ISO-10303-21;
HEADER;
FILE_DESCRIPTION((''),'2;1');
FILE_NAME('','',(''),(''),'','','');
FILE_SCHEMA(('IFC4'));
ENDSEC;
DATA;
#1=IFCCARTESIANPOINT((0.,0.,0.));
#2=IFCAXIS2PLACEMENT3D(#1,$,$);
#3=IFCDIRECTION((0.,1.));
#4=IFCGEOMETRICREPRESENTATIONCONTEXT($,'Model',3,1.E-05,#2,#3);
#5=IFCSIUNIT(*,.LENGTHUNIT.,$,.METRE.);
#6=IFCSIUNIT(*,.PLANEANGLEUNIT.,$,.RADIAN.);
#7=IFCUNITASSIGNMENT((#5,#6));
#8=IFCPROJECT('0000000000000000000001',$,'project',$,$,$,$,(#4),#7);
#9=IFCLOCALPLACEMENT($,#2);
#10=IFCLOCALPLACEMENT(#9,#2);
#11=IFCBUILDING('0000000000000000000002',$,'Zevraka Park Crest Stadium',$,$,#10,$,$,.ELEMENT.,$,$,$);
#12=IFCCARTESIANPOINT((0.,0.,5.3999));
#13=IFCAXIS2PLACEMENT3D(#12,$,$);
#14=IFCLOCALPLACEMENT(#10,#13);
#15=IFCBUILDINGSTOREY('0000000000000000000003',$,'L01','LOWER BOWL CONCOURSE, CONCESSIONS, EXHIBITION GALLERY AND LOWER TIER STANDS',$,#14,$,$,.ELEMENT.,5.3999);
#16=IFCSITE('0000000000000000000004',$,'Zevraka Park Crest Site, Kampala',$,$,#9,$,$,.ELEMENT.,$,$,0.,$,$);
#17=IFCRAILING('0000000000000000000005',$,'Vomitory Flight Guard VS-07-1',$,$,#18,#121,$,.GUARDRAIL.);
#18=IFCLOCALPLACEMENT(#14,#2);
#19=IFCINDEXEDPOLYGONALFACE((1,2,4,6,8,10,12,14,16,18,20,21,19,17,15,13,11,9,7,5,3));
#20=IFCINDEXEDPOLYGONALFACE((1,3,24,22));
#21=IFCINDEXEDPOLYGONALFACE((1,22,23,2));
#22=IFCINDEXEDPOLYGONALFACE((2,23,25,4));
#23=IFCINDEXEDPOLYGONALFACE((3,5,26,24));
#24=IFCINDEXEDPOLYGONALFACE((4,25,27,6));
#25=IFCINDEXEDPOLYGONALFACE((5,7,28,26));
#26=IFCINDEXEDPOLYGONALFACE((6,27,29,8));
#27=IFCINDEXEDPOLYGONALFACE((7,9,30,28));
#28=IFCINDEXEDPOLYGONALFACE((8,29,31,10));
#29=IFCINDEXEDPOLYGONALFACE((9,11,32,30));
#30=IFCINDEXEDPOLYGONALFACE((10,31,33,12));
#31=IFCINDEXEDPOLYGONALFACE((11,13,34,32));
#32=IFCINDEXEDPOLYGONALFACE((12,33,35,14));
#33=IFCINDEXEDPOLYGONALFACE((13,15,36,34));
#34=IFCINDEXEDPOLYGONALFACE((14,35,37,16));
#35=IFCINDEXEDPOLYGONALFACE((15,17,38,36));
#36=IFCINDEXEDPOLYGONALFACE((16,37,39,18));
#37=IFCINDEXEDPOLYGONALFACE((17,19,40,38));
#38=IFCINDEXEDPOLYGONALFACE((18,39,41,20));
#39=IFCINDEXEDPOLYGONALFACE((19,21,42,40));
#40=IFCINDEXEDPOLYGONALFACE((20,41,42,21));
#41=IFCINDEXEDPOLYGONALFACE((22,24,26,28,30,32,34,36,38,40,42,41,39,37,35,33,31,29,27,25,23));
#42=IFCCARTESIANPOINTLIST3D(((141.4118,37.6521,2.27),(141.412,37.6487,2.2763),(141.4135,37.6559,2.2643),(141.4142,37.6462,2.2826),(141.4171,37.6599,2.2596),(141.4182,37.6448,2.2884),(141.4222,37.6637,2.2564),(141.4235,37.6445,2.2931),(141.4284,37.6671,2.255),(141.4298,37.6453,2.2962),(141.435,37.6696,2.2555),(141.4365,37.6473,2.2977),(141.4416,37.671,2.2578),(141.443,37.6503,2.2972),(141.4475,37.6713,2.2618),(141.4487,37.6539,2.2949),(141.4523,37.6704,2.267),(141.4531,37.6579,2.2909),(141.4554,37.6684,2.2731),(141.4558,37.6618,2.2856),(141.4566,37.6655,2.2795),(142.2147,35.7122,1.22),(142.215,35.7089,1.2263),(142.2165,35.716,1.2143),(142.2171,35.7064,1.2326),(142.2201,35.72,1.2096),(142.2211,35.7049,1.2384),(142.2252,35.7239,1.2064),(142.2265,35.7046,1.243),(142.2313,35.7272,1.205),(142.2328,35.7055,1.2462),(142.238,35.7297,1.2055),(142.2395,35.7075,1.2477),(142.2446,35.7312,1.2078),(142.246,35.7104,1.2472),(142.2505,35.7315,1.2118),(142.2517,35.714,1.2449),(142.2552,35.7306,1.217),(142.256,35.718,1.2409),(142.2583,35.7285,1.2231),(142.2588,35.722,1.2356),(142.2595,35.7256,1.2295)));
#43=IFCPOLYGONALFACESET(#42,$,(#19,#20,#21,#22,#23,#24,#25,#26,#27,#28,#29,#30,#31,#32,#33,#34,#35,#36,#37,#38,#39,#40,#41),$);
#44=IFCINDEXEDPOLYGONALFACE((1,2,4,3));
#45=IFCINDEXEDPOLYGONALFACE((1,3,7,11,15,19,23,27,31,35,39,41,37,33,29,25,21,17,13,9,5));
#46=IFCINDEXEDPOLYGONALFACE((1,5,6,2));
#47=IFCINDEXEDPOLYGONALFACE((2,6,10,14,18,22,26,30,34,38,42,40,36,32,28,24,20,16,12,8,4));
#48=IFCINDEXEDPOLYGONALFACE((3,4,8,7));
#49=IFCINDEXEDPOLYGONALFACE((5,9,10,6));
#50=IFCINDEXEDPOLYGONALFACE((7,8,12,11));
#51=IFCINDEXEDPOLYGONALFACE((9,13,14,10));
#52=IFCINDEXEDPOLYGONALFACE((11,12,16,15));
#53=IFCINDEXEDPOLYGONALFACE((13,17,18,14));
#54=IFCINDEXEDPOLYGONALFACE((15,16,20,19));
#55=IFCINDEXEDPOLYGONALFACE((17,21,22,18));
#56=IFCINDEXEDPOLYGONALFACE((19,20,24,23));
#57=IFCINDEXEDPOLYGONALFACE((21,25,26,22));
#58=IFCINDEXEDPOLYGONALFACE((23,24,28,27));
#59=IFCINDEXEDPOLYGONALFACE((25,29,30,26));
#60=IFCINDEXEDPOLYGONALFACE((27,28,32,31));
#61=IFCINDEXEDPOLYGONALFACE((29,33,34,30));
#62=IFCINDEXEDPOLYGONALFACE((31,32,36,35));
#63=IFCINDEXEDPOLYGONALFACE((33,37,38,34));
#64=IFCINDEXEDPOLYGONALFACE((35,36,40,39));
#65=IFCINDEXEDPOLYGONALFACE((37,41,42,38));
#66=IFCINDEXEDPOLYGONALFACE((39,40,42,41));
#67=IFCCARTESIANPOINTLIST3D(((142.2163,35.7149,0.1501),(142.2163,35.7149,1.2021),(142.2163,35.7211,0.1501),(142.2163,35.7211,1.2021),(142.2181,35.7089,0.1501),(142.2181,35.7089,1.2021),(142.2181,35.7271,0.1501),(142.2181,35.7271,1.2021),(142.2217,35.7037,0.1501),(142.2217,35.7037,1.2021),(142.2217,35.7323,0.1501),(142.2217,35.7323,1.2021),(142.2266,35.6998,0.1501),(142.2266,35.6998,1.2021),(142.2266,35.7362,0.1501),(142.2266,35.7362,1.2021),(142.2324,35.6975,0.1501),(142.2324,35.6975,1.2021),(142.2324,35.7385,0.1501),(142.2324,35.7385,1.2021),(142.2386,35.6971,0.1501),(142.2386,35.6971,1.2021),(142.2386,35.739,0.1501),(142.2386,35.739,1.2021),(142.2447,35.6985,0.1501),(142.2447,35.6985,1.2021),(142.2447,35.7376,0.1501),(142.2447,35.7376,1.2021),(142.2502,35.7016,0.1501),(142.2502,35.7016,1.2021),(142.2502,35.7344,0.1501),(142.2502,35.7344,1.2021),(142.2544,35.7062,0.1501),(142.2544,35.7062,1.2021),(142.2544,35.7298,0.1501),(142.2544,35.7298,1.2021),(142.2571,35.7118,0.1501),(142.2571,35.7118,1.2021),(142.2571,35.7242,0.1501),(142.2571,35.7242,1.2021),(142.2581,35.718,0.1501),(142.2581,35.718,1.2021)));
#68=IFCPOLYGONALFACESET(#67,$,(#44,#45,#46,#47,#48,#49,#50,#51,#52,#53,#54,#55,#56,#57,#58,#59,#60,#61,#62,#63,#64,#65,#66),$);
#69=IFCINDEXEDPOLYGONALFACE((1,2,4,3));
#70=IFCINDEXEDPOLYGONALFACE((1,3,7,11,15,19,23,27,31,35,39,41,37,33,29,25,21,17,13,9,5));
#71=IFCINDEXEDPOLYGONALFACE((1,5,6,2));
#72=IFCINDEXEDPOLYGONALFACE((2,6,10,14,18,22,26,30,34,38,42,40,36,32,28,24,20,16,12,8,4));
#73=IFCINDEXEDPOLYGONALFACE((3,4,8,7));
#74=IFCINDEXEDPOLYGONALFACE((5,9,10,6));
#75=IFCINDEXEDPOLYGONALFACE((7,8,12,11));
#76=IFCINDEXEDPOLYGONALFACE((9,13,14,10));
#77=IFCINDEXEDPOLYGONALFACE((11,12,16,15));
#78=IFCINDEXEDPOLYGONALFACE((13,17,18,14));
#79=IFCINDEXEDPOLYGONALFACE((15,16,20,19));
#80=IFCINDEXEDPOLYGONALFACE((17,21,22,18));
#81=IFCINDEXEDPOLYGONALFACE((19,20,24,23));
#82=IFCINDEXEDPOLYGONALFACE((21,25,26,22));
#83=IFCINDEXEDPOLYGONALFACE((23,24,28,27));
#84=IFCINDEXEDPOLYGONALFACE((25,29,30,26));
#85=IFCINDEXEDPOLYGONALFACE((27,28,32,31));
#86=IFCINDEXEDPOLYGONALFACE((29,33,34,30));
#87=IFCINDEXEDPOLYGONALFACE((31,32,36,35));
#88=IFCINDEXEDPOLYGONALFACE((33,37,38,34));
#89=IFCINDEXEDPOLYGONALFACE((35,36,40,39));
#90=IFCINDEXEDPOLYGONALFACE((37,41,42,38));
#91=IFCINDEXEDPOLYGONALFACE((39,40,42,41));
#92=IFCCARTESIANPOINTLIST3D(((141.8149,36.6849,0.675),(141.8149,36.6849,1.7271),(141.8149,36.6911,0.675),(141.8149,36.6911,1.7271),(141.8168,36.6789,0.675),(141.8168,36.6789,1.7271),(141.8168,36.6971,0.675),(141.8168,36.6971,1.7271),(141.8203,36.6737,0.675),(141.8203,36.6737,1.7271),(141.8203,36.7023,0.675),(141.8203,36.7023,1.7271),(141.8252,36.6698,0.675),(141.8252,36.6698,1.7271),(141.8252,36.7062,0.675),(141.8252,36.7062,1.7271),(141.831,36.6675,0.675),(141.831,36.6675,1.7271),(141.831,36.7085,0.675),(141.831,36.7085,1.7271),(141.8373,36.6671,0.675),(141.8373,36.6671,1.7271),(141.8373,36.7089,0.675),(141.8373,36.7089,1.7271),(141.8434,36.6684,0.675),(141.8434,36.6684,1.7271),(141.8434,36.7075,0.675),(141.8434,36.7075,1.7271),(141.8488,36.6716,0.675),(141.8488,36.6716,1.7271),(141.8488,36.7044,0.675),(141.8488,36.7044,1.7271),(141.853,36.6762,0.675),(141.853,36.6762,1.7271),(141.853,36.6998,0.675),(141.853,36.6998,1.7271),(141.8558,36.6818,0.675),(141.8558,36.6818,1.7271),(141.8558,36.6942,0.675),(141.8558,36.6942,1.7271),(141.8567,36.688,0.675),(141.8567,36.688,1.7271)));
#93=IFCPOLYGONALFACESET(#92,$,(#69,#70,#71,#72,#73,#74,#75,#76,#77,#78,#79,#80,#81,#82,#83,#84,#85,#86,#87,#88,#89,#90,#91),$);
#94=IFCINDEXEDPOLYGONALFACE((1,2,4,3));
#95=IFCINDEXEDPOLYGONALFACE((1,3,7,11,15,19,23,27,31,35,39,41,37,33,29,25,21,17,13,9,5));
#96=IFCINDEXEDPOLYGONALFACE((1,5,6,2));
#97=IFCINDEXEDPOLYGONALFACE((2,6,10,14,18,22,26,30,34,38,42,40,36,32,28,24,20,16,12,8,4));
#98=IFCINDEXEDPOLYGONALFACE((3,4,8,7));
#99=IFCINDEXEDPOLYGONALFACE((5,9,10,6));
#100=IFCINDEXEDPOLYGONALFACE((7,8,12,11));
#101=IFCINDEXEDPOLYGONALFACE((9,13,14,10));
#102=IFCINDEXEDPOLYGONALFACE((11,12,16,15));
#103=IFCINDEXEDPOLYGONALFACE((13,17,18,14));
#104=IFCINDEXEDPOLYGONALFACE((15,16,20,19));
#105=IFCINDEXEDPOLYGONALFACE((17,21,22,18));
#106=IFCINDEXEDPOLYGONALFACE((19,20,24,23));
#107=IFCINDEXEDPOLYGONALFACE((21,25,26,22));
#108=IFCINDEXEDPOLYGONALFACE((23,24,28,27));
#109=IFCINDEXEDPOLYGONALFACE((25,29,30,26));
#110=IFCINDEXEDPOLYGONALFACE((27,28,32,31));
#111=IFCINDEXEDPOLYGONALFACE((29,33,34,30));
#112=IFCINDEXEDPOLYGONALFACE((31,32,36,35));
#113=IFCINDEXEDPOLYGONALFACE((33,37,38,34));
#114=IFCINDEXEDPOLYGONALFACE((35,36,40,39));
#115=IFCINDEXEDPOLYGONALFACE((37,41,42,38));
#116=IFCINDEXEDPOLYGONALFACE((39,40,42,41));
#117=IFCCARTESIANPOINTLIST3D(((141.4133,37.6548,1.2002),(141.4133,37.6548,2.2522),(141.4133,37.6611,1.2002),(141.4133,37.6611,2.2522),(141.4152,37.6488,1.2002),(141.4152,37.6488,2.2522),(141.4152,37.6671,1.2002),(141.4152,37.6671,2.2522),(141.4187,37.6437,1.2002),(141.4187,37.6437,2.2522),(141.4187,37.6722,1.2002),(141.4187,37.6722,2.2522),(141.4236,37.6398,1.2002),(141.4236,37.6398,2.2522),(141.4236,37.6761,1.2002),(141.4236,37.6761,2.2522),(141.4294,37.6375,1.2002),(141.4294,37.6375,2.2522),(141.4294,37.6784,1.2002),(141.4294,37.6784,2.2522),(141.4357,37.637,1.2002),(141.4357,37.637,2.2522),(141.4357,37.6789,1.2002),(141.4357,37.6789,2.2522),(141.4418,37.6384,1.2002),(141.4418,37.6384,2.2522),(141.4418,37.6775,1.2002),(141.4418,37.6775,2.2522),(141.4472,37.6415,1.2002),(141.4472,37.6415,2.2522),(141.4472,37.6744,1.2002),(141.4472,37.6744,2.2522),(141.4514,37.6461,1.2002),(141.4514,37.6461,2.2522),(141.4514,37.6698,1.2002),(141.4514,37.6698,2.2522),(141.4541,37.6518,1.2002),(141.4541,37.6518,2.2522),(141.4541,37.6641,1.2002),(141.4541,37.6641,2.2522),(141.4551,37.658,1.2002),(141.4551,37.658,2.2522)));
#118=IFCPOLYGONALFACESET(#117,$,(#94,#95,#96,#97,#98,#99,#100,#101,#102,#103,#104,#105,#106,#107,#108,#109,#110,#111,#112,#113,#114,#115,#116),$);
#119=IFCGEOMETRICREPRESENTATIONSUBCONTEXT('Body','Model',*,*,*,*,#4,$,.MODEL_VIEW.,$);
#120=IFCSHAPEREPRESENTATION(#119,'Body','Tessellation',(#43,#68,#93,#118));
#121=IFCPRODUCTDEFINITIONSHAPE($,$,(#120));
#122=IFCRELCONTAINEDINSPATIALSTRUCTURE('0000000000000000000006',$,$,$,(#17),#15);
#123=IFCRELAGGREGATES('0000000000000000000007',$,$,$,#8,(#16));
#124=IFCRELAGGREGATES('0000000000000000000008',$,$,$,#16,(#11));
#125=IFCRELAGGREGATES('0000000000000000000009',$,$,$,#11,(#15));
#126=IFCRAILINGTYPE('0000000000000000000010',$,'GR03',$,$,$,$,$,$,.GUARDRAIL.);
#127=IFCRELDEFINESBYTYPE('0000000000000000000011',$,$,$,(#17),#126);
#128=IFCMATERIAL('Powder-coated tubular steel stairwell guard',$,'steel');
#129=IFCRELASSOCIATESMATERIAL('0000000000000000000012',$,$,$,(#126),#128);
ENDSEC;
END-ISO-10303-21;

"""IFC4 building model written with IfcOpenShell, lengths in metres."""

from ifc_helpers import new_model, si_unit, direction, frame, origin, origin_2d, place, context, subcontext, project, spatial, circle, extrude, material, type_object, element, save


model = new_model("IFC4")

# Units and contexts
model_context = context("Model", 3, precision=1e-05, world=origin(), true_north=direction((0.0, 1.0)))
body_context = subcontext(model_context, "Body", "Model", "MODEL_VIEW")
ifc_project = project(units=[si_unit("LENGTHUNIT", "METRE"), si_unit("PLANEANGLEUNIT", "RADIAN")], contexts=[model_context])

# Site, building, storey
site_placement = place(None, origin())
site = spatial("IfcSite", under=ifc_project, at=site_placement, Name="Zevraka Park Crest Site, Kampala", CompositionType="ELEMENT", RefElevation=0.0)
building_placement = place(site_placement, origin())
building = spatial("IfcBuilding", under=site, at=building_placement, Name="Zevraka Park Crest Stadium", CompositionType="ELEMENT")
storey_placement = place(building_placement, frame((0.0, 0.0, 5.3999)))
storey = spatial("IfcBuildingStorey", under=building, at=storey_placement, Name="L01", Description="LOWER BOWL CONCOURSE, CONCESSIONS, EXHIBITION GALLERY AND LOWER TIER STANDS", CompositionType="ELEMENT", Elevation=5.3999)

# Railing
ifc_material_1 = material(Name="Powder-coated tubular steel stairwell guard", Category="steel")
railing_type_1 = type_object("IfcRailingType", Name="GR03", PredefinedType="GUARDRAIL", material=ifc_material_1)
railing_1_placement = place(storey_placement, frame((142.2371, 35.718, 0.1501)))
element("IfcRailing", 1, at=railing_1_placement, inside=storey, type_object=railing_type_1, Name="Vomitory Flight Guard VS-07-1", PredefinedType="GUARDRAIL", context=body_context, shape_type="SweptSolid", body=[
    extrude(circle(Radius=0.0239, at=origin_2d()), frame((0.0, 0.0, 1.0762), z_axis=(-0.342057, 0.826387, 0.447305), x_axis=(-0.923976, -0.382451, 0.0)), (0.0, 0.0, 1.0), 2.3474),
    extrude(circle(Radius=0.021, at=origin_2d()), origin(), (0.0, 0.0, 1.0), 1.052),
    extrude(circle(Radius=0.021, at=origin_2d()), frame((-0.4014, 0.97, 0.5249)), (0.0, 0.0, 1.0), 1.052),
    extrude(circle(Radius=0.021, at=origin_2d()), frame((-0.803, 1.9399, 1.05)), (0.0, 0.0, 1.0), 1.052),
])

save(model, "model.ifc")
